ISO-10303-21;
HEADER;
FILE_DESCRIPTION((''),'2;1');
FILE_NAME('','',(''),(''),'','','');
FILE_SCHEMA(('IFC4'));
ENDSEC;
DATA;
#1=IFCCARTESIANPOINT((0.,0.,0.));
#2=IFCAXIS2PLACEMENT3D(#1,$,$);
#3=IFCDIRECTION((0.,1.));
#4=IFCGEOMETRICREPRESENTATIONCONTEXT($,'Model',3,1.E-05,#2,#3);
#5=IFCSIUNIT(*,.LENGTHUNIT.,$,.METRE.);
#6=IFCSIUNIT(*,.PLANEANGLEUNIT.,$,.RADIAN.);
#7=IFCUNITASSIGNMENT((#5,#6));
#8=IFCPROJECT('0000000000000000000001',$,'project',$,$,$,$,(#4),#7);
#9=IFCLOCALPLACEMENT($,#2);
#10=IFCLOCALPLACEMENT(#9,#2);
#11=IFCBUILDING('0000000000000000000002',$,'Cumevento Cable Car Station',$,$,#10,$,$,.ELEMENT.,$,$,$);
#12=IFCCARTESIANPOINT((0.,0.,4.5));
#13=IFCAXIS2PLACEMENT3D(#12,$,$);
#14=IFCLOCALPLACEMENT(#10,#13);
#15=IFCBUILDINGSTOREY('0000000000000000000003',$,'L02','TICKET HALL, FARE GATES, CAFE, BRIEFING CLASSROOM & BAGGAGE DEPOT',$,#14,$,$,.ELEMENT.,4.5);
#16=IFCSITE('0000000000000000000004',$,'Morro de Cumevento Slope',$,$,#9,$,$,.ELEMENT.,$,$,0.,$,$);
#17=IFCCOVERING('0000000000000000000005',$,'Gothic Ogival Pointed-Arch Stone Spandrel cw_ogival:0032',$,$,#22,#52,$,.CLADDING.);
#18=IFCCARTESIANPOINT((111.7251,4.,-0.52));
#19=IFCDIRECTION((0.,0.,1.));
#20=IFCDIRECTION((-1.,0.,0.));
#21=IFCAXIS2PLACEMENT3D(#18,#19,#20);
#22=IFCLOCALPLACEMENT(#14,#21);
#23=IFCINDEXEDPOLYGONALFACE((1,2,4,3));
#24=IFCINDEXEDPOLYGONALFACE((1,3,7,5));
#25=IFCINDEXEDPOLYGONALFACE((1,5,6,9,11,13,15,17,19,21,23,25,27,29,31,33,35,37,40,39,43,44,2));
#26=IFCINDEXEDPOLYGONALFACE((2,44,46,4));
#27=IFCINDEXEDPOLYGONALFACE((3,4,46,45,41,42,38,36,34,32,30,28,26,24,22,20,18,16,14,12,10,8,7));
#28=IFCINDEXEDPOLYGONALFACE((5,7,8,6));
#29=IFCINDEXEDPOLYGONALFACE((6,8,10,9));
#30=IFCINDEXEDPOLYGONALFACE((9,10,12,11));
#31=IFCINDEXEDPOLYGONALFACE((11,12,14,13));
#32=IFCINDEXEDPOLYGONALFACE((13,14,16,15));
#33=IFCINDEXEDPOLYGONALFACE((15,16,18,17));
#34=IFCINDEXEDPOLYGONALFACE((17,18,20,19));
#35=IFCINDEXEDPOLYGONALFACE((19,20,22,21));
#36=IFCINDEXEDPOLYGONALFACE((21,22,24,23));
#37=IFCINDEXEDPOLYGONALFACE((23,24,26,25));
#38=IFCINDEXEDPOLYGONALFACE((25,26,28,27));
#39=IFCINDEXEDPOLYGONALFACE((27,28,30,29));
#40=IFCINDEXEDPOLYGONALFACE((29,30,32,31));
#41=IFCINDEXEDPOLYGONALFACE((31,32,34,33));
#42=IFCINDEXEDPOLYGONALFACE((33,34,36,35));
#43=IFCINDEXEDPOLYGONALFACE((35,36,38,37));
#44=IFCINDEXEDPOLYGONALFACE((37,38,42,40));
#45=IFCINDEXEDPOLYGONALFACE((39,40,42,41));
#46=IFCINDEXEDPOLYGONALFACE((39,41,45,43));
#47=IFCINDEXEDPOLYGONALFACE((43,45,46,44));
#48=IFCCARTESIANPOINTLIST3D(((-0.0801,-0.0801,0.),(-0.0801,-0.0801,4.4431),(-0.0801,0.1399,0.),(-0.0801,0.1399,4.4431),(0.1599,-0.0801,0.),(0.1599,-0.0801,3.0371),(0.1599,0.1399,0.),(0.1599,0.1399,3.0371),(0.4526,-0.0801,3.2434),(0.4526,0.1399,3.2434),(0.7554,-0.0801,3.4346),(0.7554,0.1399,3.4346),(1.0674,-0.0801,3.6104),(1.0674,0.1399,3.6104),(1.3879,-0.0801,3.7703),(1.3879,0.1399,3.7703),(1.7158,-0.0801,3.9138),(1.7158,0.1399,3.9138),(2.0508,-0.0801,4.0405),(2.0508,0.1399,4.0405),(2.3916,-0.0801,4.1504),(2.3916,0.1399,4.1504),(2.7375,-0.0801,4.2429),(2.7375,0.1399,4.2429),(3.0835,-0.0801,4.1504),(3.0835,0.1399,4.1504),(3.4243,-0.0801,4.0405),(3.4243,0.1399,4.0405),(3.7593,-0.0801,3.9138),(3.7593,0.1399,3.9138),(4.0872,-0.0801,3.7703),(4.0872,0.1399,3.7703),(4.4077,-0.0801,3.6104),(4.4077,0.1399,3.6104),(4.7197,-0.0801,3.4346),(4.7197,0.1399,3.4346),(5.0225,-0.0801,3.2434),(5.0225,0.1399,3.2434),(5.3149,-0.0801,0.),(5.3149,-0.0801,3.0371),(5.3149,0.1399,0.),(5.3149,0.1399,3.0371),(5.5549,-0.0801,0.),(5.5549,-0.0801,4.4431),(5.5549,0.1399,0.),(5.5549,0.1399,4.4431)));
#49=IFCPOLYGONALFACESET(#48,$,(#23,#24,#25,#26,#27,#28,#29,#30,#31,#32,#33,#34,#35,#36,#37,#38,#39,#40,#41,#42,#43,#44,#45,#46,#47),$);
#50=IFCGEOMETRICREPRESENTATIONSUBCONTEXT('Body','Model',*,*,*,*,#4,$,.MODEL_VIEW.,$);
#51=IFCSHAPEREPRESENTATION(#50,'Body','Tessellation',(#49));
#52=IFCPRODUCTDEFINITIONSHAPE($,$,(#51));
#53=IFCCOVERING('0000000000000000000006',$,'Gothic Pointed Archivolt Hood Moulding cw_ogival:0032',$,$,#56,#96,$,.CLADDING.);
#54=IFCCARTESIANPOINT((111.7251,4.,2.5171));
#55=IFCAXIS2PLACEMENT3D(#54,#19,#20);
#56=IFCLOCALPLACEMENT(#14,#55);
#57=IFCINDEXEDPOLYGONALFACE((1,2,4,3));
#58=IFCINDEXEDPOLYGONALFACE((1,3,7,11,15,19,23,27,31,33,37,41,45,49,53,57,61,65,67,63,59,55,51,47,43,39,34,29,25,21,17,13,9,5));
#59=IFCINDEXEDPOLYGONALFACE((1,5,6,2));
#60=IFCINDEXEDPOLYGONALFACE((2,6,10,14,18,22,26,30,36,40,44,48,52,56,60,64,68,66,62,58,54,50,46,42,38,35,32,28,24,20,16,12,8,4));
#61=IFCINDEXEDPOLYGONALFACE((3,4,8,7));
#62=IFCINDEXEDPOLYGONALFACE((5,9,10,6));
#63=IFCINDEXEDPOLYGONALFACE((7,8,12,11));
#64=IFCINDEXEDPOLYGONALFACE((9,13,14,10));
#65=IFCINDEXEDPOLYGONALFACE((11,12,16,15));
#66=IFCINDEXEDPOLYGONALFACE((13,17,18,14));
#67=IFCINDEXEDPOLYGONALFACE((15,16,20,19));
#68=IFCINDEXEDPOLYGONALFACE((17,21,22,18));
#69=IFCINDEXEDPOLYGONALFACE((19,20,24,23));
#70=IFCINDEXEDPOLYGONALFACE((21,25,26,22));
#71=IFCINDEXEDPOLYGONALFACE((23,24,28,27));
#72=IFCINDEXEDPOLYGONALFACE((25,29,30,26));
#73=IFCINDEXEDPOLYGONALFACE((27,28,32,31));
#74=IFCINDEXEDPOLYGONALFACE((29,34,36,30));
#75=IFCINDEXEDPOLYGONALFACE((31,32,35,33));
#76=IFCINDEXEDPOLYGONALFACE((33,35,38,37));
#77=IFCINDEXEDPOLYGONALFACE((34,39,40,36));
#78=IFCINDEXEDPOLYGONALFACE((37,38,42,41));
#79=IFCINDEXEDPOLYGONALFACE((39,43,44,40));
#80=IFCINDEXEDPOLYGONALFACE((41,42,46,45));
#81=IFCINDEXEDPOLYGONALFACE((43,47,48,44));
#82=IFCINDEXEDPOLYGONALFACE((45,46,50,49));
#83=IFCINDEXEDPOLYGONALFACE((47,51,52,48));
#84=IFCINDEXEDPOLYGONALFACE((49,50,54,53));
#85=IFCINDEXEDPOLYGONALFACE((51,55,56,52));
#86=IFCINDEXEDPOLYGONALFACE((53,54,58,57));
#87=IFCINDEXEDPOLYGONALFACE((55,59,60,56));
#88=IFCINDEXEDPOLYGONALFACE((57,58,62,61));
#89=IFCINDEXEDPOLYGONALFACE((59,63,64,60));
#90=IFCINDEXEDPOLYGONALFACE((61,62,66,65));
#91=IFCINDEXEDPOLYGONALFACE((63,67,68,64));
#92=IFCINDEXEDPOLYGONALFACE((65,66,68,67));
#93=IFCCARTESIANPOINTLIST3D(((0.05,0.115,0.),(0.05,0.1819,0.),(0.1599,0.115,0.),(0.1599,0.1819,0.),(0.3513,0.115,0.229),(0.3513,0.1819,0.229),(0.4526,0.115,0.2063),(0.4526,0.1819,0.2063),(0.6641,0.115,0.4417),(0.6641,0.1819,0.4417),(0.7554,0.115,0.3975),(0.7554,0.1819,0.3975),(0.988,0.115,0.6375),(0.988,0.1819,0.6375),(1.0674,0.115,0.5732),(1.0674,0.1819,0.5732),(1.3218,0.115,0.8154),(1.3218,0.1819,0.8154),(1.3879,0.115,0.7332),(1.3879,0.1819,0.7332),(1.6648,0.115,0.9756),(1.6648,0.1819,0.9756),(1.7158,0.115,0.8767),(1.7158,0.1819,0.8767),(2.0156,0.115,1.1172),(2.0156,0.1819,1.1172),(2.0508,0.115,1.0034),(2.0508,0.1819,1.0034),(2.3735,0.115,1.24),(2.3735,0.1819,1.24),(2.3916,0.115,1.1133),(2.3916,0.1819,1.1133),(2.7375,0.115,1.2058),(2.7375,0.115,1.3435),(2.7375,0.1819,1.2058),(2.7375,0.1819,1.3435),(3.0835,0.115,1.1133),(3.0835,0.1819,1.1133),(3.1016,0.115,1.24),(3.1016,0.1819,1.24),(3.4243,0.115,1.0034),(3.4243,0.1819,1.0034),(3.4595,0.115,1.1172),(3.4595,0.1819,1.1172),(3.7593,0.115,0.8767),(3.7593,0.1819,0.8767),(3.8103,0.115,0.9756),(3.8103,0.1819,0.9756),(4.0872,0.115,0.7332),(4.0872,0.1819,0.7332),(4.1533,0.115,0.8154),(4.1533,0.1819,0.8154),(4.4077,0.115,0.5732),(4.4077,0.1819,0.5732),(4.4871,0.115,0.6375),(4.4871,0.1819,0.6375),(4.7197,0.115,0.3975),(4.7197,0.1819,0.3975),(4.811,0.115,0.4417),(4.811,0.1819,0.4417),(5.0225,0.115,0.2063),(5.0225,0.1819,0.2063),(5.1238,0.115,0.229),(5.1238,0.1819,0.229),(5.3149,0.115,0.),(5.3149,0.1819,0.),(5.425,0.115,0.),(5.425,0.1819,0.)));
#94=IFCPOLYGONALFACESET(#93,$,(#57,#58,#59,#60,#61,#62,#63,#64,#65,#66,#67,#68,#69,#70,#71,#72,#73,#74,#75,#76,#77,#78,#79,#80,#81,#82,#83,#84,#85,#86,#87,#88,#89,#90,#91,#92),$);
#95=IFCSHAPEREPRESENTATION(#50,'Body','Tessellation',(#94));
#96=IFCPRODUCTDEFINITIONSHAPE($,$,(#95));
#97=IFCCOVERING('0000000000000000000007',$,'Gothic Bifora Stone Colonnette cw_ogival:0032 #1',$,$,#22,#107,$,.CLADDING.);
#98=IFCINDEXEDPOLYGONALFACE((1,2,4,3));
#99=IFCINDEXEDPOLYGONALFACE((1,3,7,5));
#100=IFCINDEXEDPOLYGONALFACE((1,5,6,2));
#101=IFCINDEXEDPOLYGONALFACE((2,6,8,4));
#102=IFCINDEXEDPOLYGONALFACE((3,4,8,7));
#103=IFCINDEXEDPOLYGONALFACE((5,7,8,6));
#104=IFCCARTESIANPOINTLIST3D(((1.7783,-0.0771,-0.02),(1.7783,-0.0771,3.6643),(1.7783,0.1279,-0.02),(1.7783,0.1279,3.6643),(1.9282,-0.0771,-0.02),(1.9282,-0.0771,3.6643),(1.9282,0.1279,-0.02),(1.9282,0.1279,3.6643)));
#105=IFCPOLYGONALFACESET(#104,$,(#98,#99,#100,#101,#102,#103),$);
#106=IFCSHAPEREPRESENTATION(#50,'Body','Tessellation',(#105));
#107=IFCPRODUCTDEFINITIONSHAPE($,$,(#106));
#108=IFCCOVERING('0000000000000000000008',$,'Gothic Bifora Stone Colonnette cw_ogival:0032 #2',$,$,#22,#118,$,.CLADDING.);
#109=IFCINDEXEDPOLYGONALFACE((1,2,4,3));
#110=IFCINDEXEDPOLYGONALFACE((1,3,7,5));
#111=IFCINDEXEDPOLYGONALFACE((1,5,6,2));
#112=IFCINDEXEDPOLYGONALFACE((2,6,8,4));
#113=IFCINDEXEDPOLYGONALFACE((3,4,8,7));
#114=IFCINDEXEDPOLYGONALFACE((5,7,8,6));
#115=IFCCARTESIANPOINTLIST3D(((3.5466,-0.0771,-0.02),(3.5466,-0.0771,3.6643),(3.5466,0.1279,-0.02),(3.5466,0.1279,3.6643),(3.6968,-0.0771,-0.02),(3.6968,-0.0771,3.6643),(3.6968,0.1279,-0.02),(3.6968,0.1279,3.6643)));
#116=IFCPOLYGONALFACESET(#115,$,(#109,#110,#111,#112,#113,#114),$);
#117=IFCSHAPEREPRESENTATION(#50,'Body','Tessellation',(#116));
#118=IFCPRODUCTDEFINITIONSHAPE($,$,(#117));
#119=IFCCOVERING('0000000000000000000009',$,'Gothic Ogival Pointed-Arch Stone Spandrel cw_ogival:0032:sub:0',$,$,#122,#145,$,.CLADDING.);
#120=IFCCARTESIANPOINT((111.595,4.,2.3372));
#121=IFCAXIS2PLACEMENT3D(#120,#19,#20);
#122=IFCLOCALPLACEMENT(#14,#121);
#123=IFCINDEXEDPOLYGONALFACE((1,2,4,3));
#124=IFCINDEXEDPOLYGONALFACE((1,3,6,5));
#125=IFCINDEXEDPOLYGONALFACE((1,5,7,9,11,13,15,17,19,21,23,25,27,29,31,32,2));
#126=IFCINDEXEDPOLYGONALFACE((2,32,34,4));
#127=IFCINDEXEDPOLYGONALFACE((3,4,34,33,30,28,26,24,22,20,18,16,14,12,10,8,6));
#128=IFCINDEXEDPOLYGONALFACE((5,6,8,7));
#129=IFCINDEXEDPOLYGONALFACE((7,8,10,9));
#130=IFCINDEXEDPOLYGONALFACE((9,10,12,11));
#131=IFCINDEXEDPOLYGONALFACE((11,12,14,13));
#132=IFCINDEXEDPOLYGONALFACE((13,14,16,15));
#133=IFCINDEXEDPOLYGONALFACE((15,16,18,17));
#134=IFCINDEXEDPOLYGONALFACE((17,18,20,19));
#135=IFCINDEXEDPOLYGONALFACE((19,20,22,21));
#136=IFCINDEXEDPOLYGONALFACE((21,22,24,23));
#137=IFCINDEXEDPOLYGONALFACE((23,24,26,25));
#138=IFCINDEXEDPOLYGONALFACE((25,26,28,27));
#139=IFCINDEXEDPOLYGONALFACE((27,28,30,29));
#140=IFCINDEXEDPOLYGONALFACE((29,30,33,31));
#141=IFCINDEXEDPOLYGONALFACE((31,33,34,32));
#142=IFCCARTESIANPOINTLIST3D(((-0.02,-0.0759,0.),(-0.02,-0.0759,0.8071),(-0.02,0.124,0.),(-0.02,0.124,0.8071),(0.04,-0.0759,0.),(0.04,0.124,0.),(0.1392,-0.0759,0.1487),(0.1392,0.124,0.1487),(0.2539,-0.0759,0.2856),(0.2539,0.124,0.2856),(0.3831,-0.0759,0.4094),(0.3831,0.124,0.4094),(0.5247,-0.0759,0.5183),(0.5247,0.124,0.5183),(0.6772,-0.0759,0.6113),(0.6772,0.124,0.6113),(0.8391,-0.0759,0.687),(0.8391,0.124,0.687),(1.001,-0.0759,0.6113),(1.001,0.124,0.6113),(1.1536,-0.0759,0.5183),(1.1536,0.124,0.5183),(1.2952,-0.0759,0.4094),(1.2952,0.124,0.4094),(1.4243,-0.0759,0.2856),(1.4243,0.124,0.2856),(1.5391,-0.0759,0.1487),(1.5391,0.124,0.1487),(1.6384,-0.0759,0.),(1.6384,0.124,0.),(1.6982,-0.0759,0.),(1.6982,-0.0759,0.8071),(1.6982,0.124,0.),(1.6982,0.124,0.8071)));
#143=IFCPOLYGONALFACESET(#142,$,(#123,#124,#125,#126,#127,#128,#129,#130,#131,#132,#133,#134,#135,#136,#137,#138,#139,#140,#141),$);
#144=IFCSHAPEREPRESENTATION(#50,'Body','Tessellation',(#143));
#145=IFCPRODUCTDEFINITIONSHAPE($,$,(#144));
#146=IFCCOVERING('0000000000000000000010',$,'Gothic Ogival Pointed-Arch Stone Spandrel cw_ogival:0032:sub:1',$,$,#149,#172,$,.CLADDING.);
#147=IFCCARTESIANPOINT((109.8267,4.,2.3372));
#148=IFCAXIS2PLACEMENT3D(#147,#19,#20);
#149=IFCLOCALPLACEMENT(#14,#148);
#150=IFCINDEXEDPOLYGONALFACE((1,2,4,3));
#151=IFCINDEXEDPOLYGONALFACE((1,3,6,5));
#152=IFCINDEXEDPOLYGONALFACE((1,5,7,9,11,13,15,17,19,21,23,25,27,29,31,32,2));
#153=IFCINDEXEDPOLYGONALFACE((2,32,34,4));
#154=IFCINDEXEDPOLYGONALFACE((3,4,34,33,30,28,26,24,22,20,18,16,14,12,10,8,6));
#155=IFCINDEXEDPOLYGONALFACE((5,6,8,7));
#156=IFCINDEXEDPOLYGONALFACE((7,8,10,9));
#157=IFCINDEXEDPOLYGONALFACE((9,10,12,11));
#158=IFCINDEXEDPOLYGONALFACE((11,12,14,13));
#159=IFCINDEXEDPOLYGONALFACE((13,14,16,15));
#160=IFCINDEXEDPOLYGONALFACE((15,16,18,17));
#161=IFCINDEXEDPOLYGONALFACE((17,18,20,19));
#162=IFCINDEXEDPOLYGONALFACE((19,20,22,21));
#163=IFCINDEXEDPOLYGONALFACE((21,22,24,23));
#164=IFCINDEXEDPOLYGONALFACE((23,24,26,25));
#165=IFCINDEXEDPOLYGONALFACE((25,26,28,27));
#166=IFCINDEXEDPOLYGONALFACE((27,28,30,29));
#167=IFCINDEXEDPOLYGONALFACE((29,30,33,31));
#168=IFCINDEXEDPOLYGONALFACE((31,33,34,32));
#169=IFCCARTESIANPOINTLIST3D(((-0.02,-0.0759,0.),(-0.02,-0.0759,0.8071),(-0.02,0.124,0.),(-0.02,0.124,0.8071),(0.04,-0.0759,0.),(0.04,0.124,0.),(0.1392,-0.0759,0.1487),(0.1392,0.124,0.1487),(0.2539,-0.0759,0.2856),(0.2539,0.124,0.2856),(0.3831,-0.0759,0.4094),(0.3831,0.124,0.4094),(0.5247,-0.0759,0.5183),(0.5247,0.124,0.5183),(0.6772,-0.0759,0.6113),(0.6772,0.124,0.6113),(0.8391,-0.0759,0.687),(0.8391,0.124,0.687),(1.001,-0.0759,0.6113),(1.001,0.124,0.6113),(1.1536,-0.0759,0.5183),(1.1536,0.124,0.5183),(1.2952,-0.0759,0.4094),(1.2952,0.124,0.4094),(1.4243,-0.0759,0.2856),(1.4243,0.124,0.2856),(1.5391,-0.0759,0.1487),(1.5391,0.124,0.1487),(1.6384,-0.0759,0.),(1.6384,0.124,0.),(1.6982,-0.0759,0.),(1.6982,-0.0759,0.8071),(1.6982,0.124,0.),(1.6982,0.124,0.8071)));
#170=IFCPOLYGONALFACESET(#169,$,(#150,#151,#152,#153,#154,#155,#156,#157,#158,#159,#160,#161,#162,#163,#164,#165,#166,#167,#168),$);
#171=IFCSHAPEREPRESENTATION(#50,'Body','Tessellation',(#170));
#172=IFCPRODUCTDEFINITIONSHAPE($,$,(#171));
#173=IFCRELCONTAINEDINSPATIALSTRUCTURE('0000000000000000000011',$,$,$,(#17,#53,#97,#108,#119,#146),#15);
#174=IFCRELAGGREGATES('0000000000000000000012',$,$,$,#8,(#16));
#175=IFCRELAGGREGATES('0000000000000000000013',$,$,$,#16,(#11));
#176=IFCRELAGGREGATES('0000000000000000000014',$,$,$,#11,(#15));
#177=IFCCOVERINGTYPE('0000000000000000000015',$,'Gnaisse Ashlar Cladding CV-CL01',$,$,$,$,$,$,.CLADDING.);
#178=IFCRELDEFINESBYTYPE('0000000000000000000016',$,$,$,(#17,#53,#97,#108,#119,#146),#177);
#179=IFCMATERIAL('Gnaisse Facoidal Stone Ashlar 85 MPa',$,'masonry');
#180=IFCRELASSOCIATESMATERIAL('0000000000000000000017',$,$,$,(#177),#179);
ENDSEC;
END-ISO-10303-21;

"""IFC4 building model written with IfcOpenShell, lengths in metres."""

from ifc_helpers import new_model, si_unit, direction, frame, origin, place, context, subcontext, project, spatial, polyline, outline, extrude, material, type_object, element, save


model = new_model("IFC4")

# Units and contexts
model_context = context("Model", 3, precision=1e-05, world=origin(), true_north=direction((0.0, 1.0)))
body_context = subcontext(model_context, "Body", "Model", "MODEL_VIEW")
ifc_project = project(units=[si_unit("LENGTHUNIT", "METRE"), si_unit("PLANEANGLEUNIT", "RADIAN")], contexts=[model_context])

# Site, building, storey
site_placement = place(None, origin())
site = spatial("IfcSite", under=ifc_project, at=site_placement, Name="Morro de Cumevento Slope", CompositionType="ELEMENT", RefElevation=0.0)
building_placement = place(site_placement, origin())
building = spatial("IfcBuilding", under=site, at=building_placement, Name="Cumevento Cable Car Station", CompositionType="ELEMENT")
storey_placement = place(building_placement, frame((0.0, 0.0, 4.5)))
storey = spatial("IfcBuildingStorey", under=building, at=storey_placement, Name="L02", Description="TICKET HALL, FARE GATES, CAFE, BRIEFING CLASSROOM & BAGGAGE DEPOT", CompositionType="ELEMENT", Elevation=4.5)

# Coverings
ifc_material_1 = material(Name="Gnaisse Facoidal Stone Ashlar 85 MPa", Category="masonry")
covering_type = type_object("IfcCoveringType", Name="Gnaisse Ashlar Cladding CV-CL01", PredefinedType="CLADDING", material=ifc_material_1)
placement = place(storey_placement, frame((111.7251, 4.0, -0.52), z_axis=(0.0, 0.0, 1.0), x_axis=(-1.0, 0.0, 0.0)))
element("IfcCovering", 1, at=placement, inside=storey, type_object=covering_type, Name="Gothic Ogival Pointed-Arch Stone Spandrel cw_ogival:0032", PredefinedType="CLADDING", context=body_context, shape_type="SweptSolid", body=[
    extrude(outline(polyline([(-0.0801, 0.0), (-0.0801, 4.4431), (5.5549, 4.4431), (5.5549, 0.0), (5.3149, 0.0), (5.3149, 3.0371), (5.0225, 3.2434), (4.7197, 3.4346), (4.4077, 3.6104), (4.0872, 3.7703), (3.7593, 3.9138), (3.4243, 4.0405), (3.0835, 4.1504), (2.7375, 4.2429), (2.3916, 4.1504), (2.0508, 4.0405), (1.7158, 3.9138), (1.3879, 3.7703), (1.0674, 3.6104), (0.7554, 3.4346), (0.4526, 3.2434), (0.1599, 3.0371), (0.1599, 0.0), (-0.0801, 0.0)])), frame((0.0, 0.1399, 0.0), z_axis=(0.0, -1.0, 0.0), x_axis=(1.0, 0.0, 0.0)), (0.0, 0.0, 1.0), 0.22),
])
covering_1_placement = place(storey_placement, frame((111.7251, 4.0, 2.5171), z_axis=(0.0, 0.0, 1.0), x_axis=(-1.0, 0.0, 0.0)))
element("IfcCovering", 2, at=covering_1_placement, inside=storey, type_object=covering_type, Name="Gothic Pointed Archivolt Hood Moulding cw_ogival:0032", PredefinedType="CLADDING", context=body_context, shape_type="SweptSolid", body=[
    extrude(outline(polyline([(0.1599, 0.0), (0.4526, 0.2063), (0.7554, 0.3975), (1.0674, 0.5732), (1.3879, 0.7332), (1.7158, 0.8767), (2.0508, 1.0034), (2.3916, 1.1133), (2.7375, 1.2058), (3.0835, 1.1133), (3.4243, 1.0034), (3.7593, 0.8767), (4.0872, 0.7332), (4.4077, 0.5732), (4.7197, 0.3975), (5.0225, 0.2063), (5.3149, 0.0), (5.425, 0.0), (5.1238, 0.229), (4.811, 0.4417), (4.4871, 0.6375), (4.1533, 0.8154), (3.8103, 0.9756), (3.4595, 1.1172), (3.1016, 1.24), (2.7375, 1.3435), (2.3735, 1.24), (2.0156, 1.1172), (1.6648, 0.9756), (1.3218, 0.8154), (0.988, 0.6375), (0.6641, 0.4417), (0.3513, 0.229), (0.05, 0.0), (0.1599, 0.0)])), frame((0.0, 0.1819, 0.0), z_axis=(0.0, -1.0, 0.0), x_axis=(1.0, 0.0, 0.0)), (0.0, 0.0, 1.0), 0.0669),
])
element("IfcCovering", 3, at=placement, inside=storey, type_object=covering_type, Name="Gothic Bifora Stone Colonnette cw_ogival:0032 #1", PredefinedType="CLADDING", context=body_context, shape_type="SweptSolid", body=[
    extrude(outline(polyline([(1.7783, -0.02), (1.9282, -0.02), (1.9282, 3.6643), (1.7783, 3.6643), (1.7783, -0.02)])), frame((0.0, 0.1279, 0.0), z_axis=(0.0, -1.0, 0.0), x_axis=(1.0, 0.0, 0.0)), (0.0, 0.0, 1.0), 0.2051),
])
element("IfcCovering", 4, at=placement, inside=storey, type_object=covering_type, Name="Gothic Bifora Stone Colonnette cw_ogival:0032 #2", PredefinedType="CLADDING", context=body_context, shape_type="SweptSolid", body=[
    extrude(outline(polyline([(3.5466, -0.02), (3.6968, -0.02), (3.6968, 3.6643), (3.5466, 3.6643), (3.5466, -0.02)])), frame((0.0, 0.1279, 0.0), z_axis=(0.0, -1.0, 0.0), x_axis=(1.0, 0.0, 0.0)), (0.0, 0.0, 1.0), 0.2051),
])
for number, where, z_axis, x_axis, name in (
    (5, (111.595, 4.0, 2.3372), (0.0, 0.0, 1.0), (-1.0, 0.0, 0.0), "Gothic Ogival Pointed-Arch Stone Spandrel cw_ogival:0032:sub:0"),
    (6, (109.8267, 4.0, 2.3372), (0.0, 0.0, 1.0), (-1.0, 0.0, 0.0), "Gothic Ogival Pointed-Arch Stone Spandrel cw_ogival:0032:sub:1"),
):
    element("IfcCovering", number, at=place(storey_placement, frame(where, z_axis=z_axis, x_axis=x_axis)), inside=storey, type_object=covering_type, Name=name, PredefinedType="CLADDING", context=body_context, shape_type="SweptSolid", body=[
        extrude(outline(polyline([(-0.02, 0.0), (-0.02, 0.8071), (1.6982, 0.8071), (1.6982, 0.0), (1.6384, 0.0), (1.5391, 0.1487), (1.4243, 0.2856), (1.2952, 0.4094), (1.1536, 0.5183), (1.001, 0.6113), (0.8391, 0.687), (0.6772, 0.6113), (0.5247, 0.5183), (0.3831, 0.4094), (0.2539, 0.2856), (0.1392, 0.1487), (0.04, 0.0), (-0.02, 0.0)])), frame((0.0, 0.124, 0.0), z_axis=(0.0, -1.0, 0.0), x_axis=(1.0, 0.0, 0.0)), (0.0, 0.0, 1.0), 0.2),
    ])

save(model, "model.ifc")
